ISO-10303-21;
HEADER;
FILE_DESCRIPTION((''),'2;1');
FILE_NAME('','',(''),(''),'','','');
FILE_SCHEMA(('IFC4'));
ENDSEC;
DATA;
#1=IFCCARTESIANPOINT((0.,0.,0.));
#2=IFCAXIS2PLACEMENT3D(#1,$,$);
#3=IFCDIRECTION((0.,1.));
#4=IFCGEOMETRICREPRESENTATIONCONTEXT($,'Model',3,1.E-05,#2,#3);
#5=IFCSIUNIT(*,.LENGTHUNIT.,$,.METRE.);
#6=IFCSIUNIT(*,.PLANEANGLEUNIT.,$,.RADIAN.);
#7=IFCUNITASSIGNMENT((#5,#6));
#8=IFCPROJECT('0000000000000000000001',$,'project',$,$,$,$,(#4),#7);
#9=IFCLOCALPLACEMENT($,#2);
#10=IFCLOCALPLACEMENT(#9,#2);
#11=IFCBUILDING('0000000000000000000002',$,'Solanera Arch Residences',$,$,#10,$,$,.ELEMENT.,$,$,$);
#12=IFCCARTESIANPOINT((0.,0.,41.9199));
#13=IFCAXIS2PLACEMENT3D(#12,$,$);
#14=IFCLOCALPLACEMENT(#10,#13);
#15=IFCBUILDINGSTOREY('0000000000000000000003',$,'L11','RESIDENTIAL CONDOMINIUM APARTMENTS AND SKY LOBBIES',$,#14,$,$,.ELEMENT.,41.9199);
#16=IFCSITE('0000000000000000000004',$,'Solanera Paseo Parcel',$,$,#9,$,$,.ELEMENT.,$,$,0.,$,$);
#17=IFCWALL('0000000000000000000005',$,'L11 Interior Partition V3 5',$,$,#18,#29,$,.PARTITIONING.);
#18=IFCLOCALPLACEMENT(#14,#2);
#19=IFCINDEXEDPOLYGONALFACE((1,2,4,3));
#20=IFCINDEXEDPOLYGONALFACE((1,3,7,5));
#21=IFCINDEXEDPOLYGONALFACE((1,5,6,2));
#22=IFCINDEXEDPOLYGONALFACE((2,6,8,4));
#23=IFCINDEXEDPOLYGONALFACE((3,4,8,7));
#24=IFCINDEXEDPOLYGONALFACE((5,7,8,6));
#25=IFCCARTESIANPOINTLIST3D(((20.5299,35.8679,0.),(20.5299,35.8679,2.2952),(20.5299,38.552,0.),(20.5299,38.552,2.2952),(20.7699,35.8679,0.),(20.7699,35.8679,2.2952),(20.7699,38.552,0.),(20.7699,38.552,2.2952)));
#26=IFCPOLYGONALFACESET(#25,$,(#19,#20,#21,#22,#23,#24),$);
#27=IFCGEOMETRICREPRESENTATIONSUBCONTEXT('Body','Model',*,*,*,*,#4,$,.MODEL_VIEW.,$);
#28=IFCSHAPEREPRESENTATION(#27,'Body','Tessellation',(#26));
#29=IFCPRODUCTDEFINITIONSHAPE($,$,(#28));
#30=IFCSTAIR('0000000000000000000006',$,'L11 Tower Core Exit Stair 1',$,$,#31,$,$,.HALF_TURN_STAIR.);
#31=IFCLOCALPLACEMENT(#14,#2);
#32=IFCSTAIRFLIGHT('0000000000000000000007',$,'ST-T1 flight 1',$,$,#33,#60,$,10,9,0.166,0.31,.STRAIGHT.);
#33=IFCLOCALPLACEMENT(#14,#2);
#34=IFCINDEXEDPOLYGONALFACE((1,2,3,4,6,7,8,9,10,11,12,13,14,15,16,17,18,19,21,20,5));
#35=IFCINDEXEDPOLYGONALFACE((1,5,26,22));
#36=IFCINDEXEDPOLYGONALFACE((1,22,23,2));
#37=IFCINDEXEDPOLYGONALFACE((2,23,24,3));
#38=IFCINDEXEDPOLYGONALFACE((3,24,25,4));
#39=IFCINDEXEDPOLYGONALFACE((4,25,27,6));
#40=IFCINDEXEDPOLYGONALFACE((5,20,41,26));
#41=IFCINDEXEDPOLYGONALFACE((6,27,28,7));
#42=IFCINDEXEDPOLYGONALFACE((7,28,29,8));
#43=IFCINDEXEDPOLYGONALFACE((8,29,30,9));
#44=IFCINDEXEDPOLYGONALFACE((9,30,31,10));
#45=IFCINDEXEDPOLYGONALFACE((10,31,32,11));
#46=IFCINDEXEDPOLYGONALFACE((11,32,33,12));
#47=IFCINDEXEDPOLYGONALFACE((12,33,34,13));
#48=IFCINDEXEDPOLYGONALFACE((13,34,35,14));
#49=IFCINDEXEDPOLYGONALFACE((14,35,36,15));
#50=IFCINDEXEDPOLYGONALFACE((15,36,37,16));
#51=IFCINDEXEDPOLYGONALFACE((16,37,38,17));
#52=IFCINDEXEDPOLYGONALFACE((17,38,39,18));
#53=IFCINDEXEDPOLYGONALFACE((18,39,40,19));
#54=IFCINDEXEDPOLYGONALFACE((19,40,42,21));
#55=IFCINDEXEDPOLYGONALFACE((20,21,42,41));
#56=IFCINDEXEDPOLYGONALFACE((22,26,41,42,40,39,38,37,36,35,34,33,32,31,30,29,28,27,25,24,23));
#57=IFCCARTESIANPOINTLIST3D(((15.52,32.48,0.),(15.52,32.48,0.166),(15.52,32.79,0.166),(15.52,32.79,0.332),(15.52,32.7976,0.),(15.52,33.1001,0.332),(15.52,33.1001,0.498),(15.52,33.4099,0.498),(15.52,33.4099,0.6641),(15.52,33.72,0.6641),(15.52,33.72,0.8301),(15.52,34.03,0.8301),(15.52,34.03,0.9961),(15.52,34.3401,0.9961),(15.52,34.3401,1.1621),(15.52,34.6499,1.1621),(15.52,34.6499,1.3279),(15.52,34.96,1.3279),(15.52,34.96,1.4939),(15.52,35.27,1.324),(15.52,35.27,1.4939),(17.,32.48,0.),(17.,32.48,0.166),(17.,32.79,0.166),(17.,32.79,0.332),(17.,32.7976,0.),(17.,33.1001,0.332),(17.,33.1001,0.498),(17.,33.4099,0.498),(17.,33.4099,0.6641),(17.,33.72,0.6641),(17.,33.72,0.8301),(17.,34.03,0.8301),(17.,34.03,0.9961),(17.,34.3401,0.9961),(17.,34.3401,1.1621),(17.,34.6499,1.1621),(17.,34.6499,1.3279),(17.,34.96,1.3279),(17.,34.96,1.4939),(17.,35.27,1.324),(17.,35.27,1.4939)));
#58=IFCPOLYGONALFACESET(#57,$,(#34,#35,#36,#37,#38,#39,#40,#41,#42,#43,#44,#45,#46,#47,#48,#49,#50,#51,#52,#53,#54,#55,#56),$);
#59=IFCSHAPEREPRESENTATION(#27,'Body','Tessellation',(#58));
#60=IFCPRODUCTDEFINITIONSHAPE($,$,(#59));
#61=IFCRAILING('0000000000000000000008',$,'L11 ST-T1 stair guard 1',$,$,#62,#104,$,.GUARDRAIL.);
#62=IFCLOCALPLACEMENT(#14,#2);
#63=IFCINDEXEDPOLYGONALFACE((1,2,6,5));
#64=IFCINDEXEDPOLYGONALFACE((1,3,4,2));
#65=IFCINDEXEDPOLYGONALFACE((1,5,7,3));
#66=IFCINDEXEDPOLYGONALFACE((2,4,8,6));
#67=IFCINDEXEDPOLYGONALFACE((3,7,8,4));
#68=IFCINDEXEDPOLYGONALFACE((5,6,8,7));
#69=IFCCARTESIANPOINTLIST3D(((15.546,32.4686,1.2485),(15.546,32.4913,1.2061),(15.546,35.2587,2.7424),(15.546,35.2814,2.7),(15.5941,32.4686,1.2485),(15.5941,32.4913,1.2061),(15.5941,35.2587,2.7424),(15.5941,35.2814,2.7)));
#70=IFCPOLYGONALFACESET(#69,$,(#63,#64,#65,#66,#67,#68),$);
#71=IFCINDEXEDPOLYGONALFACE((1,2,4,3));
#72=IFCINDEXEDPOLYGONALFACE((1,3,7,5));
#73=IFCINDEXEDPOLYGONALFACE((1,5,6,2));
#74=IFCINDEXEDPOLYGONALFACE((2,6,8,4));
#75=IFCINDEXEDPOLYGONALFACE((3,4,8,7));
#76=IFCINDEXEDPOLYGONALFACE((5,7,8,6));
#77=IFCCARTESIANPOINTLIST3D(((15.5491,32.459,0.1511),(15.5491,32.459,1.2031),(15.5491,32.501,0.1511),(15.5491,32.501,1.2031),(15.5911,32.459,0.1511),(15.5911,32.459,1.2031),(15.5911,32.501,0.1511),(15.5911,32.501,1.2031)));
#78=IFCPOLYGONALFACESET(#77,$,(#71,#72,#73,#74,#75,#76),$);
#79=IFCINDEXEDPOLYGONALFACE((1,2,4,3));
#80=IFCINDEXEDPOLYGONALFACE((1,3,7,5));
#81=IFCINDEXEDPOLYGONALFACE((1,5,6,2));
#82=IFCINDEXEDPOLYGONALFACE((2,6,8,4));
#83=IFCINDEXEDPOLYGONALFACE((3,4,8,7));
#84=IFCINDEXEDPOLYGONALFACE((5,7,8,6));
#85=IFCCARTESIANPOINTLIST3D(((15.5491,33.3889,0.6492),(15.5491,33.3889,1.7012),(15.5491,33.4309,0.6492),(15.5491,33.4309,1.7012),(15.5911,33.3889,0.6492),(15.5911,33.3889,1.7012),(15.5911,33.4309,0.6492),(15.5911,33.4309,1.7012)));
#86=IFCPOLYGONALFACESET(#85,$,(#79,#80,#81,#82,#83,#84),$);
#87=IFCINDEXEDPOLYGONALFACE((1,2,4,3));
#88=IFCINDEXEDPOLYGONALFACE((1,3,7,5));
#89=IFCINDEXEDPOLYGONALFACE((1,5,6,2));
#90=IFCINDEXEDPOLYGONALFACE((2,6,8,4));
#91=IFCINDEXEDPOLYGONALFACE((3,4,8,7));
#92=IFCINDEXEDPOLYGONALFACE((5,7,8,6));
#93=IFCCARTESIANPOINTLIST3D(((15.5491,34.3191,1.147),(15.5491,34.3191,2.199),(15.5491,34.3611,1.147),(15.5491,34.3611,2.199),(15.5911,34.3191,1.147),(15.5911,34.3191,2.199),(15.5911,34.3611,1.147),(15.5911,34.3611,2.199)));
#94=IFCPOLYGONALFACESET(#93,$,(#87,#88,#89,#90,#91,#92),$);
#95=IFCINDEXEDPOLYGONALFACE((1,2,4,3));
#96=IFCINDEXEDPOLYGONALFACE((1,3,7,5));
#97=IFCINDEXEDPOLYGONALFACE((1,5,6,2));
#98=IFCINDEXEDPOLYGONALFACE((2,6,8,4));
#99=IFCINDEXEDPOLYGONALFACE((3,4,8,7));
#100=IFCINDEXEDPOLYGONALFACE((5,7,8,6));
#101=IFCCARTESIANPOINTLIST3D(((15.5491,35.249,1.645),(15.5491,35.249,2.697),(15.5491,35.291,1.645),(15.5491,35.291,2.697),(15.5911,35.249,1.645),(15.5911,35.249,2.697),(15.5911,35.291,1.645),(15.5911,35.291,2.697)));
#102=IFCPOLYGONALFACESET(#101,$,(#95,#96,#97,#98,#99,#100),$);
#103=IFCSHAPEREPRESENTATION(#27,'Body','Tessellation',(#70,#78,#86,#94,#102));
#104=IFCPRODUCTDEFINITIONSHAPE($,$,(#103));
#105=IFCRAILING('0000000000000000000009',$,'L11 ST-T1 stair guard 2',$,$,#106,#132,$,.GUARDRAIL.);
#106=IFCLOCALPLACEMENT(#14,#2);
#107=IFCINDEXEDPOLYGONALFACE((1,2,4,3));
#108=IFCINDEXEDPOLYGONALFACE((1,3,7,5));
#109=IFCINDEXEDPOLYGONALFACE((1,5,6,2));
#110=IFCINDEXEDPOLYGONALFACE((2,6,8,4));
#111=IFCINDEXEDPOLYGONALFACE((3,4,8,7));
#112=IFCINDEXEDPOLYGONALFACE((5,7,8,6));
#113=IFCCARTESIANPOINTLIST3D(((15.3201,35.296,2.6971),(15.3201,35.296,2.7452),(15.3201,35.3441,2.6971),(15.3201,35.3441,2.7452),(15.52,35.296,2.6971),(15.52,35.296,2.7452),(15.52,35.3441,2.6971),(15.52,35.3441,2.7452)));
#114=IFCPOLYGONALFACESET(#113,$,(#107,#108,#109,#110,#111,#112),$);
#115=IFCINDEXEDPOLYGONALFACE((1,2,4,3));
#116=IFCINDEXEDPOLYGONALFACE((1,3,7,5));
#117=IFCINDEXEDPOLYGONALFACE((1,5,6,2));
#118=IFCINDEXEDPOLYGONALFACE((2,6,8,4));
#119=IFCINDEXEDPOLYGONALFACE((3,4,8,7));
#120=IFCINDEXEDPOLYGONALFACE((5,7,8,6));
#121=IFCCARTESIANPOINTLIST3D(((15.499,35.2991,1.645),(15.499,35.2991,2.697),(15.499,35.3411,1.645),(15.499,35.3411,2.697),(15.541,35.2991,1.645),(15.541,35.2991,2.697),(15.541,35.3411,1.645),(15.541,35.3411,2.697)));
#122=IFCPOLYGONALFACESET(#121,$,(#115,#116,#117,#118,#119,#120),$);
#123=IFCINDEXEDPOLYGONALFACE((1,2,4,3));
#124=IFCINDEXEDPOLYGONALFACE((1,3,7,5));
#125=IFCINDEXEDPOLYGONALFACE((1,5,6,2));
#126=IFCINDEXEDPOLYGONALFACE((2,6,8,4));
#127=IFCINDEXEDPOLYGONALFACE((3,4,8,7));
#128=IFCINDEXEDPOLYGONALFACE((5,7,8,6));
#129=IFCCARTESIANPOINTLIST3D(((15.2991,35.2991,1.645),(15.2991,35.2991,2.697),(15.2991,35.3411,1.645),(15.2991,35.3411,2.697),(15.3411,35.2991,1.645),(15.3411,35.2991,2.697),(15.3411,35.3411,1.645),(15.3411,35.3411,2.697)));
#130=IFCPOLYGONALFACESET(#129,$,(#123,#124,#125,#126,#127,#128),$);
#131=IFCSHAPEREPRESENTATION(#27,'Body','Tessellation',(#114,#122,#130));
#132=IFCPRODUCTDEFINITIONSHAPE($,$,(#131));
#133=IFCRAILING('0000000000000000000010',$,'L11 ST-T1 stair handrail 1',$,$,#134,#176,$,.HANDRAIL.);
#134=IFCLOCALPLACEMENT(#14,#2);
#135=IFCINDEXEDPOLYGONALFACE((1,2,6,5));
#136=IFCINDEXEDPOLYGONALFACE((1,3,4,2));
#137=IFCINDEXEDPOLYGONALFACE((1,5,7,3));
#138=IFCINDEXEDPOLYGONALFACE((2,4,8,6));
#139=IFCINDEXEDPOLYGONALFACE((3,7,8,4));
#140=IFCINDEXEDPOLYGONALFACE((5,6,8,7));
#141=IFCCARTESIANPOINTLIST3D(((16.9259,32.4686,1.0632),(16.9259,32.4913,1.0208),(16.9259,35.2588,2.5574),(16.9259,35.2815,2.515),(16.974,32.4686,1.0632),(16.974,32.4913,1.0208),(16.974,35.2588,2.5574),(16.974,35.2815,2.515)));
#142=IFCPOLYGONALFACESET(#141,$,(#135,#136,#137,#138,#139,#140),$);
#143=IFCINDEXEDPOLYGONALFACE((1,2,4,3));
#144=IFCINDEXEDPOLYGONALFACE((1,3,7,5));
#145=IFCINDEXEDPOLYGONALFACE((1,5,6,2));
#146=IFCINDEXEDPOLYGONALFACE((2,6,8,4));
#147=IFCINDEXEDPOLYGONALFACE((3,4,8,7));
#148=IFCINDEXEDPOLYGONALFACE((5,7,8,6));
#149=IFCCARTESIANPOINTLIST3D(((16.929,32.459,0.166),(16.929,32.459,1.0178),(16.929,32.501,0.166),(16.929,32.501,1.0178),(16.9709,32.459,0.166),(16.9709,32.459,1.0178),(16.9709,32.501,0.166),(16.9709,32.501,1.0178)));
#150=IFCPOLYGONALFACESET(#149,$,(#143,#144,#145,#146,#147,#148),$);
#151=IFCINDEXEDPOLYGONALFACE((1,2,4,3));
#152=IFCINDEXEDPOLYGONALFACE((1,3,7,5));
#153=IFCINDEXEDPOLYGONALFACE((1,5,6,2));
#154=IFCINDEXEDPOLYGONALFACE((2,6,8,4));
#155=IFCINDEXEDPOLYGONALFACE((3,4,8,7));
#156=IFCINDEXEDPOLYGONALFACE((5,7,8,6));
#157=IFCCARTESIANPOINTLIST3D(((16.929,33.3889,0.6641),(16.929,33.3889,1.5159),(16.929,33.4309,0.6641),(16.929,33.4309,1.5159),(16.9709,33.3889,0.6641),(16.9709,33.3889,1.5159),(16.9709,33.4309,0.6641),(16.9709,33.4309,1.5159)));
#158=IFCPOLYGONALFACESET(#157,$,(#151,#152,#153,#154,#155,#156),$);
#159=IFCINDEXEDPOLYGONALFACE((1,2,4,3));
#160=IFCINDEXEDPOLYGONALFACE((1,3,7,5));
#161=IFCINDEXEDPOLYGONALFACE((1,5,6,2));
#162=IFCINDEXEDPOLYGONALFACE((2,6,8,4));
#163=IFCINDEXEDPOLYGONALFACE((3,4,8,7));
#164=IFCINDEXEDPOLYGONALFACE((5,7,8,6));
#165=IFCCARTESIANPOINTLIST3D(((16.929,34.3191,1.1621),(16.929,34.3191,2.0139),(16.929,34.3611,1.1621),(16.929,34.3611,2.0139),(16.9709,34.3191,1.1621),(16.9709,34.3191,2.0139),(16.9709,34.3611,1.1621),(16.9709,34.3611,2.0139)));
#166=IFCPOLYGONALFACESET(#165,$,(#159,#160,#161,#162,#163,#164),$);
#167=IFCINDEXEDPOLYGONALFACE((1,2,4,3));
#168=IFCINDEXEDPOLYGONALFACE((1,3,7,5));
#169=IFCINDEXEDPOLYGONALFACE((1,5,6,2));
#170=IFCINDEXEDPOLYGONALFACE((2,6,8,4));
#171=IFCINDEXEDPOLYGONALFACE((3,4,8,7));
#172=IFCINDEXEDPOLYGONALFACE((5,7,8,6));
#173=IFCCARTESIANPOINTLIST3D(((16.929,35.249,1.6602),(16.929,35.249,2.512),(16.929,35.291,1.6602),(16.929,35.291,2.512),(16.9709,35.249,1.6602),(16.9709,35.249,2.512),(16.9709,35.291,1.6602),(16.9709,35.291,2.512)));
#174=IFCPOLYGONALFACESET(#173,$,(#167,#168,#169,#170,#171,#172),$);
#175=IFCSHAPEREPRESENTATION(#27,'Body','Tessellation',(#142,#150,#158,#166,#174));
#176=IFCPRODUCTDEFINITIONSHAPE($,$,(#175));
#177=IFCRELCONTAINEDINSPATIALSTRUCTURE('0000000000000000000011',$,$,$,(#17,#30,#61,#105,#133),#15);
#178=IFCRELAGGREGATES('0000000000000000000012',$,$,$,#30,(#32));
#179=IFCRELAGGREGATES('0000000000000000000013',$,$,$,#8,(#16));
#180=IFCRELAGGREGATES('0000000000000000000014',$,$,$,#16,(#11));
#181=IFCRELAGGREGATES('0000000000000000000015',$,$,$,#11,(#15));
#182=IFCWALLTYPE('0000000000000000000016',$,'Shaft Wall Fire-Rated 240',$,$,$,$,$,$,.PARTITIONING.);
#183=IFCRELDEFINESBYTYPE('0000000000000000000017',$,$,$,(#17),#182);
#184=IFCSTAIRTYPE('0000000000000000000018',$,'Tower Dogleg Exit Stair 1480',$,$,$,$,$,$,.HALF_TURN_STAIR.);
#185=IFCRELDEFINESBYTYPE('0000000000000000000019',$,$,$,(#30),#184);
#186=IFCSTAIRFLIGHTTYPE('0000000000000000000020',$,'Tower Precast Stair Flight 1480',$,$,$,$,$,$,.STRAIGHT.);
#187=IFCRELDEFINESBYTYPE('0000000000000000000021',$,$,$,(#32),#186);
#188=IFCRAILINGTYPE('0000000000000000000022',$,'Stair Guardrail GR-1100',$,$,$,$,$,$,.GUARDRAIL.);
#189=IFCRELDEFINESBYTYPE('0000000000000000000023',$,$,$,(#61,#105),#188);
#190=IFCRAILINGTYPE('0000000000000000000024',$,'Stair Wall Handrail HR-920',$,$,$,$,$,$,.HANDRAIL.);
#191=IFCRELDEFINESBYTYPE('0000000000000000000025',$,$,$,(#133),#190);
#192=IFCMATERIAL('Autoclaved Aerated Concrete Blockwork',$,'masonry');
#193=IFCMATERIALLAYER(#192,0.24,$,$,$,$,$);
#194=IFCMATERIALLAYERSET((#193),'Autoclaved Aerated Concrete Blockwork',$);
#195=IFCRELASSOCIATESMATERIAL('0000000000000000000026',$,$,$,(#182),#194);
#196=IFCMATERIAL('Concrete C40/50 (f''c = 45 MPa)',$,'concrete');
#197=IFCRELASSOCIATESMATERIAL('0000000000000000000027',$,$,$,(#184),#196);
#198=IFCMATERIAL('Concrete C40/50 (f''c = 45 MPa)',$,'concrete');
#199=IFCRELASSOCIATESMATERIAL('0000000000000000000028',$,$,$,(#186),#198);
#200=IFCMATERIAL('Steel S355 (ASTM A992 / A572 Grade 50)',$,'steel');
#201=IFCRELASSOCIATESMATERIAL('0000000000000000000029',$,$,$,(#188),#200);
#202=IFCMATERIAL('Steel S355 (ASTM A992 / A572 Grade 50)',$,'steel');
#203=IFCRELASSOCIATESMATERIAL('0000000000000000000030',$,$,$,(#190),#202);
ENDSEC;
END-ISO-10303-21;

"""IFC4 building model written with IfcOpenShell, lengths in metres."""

from ifc_helpers import new_model, si_unit, direction, frame, frame_2d, origin, origin_2d, place, context, subcontext, project, spatial, polyline, rectangle, outline, extrude, material, layer, layer_set, type_object, element, aggregate, save


model = new_model("IFC4")

# Units and contexts
model_context = context("Model", 3, precision=1e-05, world=origin(), true_north=direction((0.0, 1.0)))
body_context = subcontext(model_context, "Body", "Model", "MODEL_VIEW")
ifc_project = project(units=[si_unit("LENGTHUNIT", "METRE"), si_unit("PLANEANGLEUNIT", "RADIAN")], contexts=[model_context])

# Site, building, storey
site_placement = place(None, origin())
site = spatial("IfcSite", under=ifc_project, at=site_placement, Name="Solanera Paseo Parcel", CompositionType="ELEMENT", RefElevation=0.0)
building_placement = place(site_placement, origin())
building = spatial("IfcBuilding", under=site, at=building_placement, Name="Solanera Arch Residences", CompositionType="ELEMENT")
storey_placement = place(building_placement, frame((0.0, 0.0, 41.9199)))
storey = spatial("IfcBuildingStorey", under=building, at=storey_placement, Name="L11", Description="RESIDENTIAL CONDOMINIUM APARTMENTS AND SKY LOBBIES", CompositionType="ELEMENT", Elevation=41.9199)

# Shared definitions
ifc_material_1 = material(Name="Autoclaved Aerated Concrete Blockwork", Category="masonry")
ifc_layer_1 = layer(ifc_material_1, 0.24)
ifc_layer_set_1 = layer_set([ifc_layer_1], Name="Autoclaved Aerated Concrete Blockwork")
wall_type_1 = type_object("IfcWallType", Name="Shaft Wall Fire-Rated 240", PredefinedType="PARTITIONING", material=ifc_layer_set_1)

# Wall
wall_1_placement = place(storey_placement, frame((20.6499, 35.8679, 0.0), z_axis=(0.0, 0.0, 1.0), x_axis=(0.0, 1.0, 0.0)))
element("IfcWall", 1, at=wall_1_placement, inside=storey, type_object=wall_type_1, Name="L11 Interior Partition V3 5", PredefinedType="PARTITIONING", context=body_context, shape_type="SweptSolid", body=[
    extrude(rectangle(XDim=2.6841, YDim=0.24, at=frame_2d((1.342, 0.0))), origin(), (0.0, 0.0, 1.0), 2.2952),
])

# Stair, stair flight
ifc_material_2 = material(Name="Concrete C40/50 (f'c = 45 MPa)", Category="concrete")
stair_type = type_object("IfcStairType", Name="Tower Dogleg Exit Stair 1480", PredefinedType="HALF_TURN_STAIR", material=ifc_material_2)
stair_placement = place(storey_placement, origin())
stair = element("IfcStair", 2, at=stair_placement, inside=storey, type_object=stair_type, Name="L11 Tower Core Exit Stair 1", PredefinedType="HALF_TURN_STAIR")
ifc_material_3 = material(Name="Concrete C40/50 (f'c = 45 MPa)", Category="concrete")
stair_flight_type = type_object("IfcStairFlightType", Name="Tower Precast Stair Flight 1480", PredefinedType="STRAIGHT", material=ifc_material_3)
stair_flight_placement = place(storey_placement, frame((16.26, 32.48, 0.0), z_axis=(0.0, 0.0, 1.0), x_axis=(0.0, 1.0, 0.0)))
stair_flight = element("IfcStairFlight", 3, at=stair_flight_placement, type_object=stair_flight_type, Name="ST-T1 flight 1", NumberOfRisers=10, NumberOfTreads=9, PredefinedType="STRAIGHT", RiserHeight=0.166, TreadLength=0.31, context=body_context, shape_type="SweptSolid", body=[
    extrude(outline(polyline([(0.0, 0.0), (0.0, 0.166), (0.3101, 0.166), (0.3101, 0.332), (0.6201, 0.332), (0.6201, 0.498), (0.9299, 0.498), (0.9299, 0.6641), (1.24, 0.6641), (1.24, 0.8301), (1.55, 0.8301), (1.55, 0.9961), (1.8601, 0.9961), (1.8601, 1.1621), (2.1699, 1.1621), (2.1699, 1.3279), (2.48, 1.3279), (2.48, 1.4939), (2.79, 1.4939), (2.79, 1.6599), (2.79, 1.324), (0.3176, 0.0), (0.0, 0.0)])), frame((0.0, 0.74, 0.0), z_axis=(0.0, -1.0, 0.0), x_axis=(1.0, 0.0, 0.0)), (0.0, 0.0, 1.0), 1.48),
])
aggregate(stair, [stair_flight])

# Railings
ifc_material_4 = material(Name="Steel S355 (ASTM A992 / A572 Grade 50)", Category="steel")
railing_type_1 = type_object("IfcRailingType", Name="Stair Guardrail GR-1100", PredefinedType="GUARDRAIL", material=ifc_material_4)
railing_1_placement = place(storey_placement, frame((15.5701, 32.48, 0.1511)))
element("IfcRailing", 4, at=railing_1_placement, inside=storey, type_object=railing_type_1, Name="L11 ST-T1 stair guard 1", PredefinedType="GUARDRAIL", context=body_context, shape_type="SweptSolid", body=[
    extrude(rectangle(XDim=0.0481, YDim=0.0481, at=origin_2d()), frame((0.0, 0.0, 1.0762), z_axis=(0.0, 0.881581, 0.472033), x_axis=(-1.0, 0.0, 0.0)), (0.0, 0.0, 1.0), 3.1648),
    extrude(rectangle(XDim=0.042, YDim=0.042, at=origin_2d()), origin(), (0.0, 0.0, 1.0), 1.052),
    extrude(rectangle(XDim=0.042, YDim=0.042, at=origin_2d()), frame((0.0, 0.9299, 0.498)), (0.0, 0.0, 1.0), 1.052),
    extrude(rectangle(XDim=0.042, YDim=0.042, at=origin_2d()), frame((0.0, 1.8601, 0.9958)), (0.0, 0.0, 1.0), 1.052),
    extrude(rectangle(XDim=0.042, YDim=0.042, at=origin_2d()), frame((0.0, 2.79, 1.4939)), (0.0, 0.0, 1.0), 1.052),
])
railing_2_placement = place(storey_placement, frame((15.52, 35.3201, 1.645)))
element("IfcRailing", 5, at=railing_2_placement, inside=storey, type_object=railing_type_1, Name="L11 ST-T1 stair guard 2", PredefinedType="GUARDRAIL", context=body_context, shape_type="SweptSolid", body=[
    extrude(rectangle(XDim=0.0481, YDim=0.0481, at=origin_2d()), frame((0.0, 0.0, 1.0762), z_axis=(-1.0, 0.0, 0.0), x_axis=(0.0, -1.0, 0.0)), (0.0, 0.0, 1.0), 0.2),
    extrude(rectangle(XDim=0.042, YDim=0.042, at=origin_2d()), origin(), (0.0, 0.0, 1.0), 1.052),
    extrude(rectangle(XDim=0.042, YDim=0.042, at=origin_2d()), frame((-0.2, 0.0, 0.0)), (0.0, 0.0, 1.0), 1.052),
])
ifc_material_5 = material(Name="Steel S355 (ASTM A992 / A572 Grade 50)", Category="steel")
railing_type_2 = type_object("IfcRailingType", Name="Stair Wall Handrail HR-920", PredefinedType="HANDRAIL", material=ifc_material_5)
railing_3_placement = place(storey_placement, frame((16.95, 32.48, 0.166)))
element("IfcRailing", 6, at=railing_3_placement, inside=storey, type_object=railing_type_2, Name="L11 ST-T1 stair handrail 1", PredefinedType="HANDRAIL", context=body_context, shape_type="SweptSolid", body=[
    extrude(rectangle(XDim=0.0481, YDim=0.0481, at=origin_2d()), frame((0.0, 0.0, 0.876), z_axis=(0.0, 0.881549, 0.472093), x_axis=(-1.0, 0.0, 0.0)), (0.0, 0.0, 1.0), 3.165),
    extrude(rectangle(XDim=0.042, YDim=0.042, at=origin_2d()), origin(), (0.0, 0.0, 1.0), 0.8518),
    extrude(rectangle(XDim=0.042, YDim=0.042, at=origin_2d()), frame((0.0, 0.9299, 0.498)), (0.0, 0.0, 1.0), 0.8518),
    extrude(rectangle(XDim=0.042, YDim=0.042, at=origin_2d()), frame((0.0, 1.8601, 0.9961)), (0.0, 0.0, 1.0), 0.8518),
    extrude(rectangle(XDim=0.042, YDim=0.042, at=origin_2d()), frame((0.0, 2.79, 1.4941)), (0.0, 0.0, 1.0), 0.8518),
])

save(model, "model.ifc")
